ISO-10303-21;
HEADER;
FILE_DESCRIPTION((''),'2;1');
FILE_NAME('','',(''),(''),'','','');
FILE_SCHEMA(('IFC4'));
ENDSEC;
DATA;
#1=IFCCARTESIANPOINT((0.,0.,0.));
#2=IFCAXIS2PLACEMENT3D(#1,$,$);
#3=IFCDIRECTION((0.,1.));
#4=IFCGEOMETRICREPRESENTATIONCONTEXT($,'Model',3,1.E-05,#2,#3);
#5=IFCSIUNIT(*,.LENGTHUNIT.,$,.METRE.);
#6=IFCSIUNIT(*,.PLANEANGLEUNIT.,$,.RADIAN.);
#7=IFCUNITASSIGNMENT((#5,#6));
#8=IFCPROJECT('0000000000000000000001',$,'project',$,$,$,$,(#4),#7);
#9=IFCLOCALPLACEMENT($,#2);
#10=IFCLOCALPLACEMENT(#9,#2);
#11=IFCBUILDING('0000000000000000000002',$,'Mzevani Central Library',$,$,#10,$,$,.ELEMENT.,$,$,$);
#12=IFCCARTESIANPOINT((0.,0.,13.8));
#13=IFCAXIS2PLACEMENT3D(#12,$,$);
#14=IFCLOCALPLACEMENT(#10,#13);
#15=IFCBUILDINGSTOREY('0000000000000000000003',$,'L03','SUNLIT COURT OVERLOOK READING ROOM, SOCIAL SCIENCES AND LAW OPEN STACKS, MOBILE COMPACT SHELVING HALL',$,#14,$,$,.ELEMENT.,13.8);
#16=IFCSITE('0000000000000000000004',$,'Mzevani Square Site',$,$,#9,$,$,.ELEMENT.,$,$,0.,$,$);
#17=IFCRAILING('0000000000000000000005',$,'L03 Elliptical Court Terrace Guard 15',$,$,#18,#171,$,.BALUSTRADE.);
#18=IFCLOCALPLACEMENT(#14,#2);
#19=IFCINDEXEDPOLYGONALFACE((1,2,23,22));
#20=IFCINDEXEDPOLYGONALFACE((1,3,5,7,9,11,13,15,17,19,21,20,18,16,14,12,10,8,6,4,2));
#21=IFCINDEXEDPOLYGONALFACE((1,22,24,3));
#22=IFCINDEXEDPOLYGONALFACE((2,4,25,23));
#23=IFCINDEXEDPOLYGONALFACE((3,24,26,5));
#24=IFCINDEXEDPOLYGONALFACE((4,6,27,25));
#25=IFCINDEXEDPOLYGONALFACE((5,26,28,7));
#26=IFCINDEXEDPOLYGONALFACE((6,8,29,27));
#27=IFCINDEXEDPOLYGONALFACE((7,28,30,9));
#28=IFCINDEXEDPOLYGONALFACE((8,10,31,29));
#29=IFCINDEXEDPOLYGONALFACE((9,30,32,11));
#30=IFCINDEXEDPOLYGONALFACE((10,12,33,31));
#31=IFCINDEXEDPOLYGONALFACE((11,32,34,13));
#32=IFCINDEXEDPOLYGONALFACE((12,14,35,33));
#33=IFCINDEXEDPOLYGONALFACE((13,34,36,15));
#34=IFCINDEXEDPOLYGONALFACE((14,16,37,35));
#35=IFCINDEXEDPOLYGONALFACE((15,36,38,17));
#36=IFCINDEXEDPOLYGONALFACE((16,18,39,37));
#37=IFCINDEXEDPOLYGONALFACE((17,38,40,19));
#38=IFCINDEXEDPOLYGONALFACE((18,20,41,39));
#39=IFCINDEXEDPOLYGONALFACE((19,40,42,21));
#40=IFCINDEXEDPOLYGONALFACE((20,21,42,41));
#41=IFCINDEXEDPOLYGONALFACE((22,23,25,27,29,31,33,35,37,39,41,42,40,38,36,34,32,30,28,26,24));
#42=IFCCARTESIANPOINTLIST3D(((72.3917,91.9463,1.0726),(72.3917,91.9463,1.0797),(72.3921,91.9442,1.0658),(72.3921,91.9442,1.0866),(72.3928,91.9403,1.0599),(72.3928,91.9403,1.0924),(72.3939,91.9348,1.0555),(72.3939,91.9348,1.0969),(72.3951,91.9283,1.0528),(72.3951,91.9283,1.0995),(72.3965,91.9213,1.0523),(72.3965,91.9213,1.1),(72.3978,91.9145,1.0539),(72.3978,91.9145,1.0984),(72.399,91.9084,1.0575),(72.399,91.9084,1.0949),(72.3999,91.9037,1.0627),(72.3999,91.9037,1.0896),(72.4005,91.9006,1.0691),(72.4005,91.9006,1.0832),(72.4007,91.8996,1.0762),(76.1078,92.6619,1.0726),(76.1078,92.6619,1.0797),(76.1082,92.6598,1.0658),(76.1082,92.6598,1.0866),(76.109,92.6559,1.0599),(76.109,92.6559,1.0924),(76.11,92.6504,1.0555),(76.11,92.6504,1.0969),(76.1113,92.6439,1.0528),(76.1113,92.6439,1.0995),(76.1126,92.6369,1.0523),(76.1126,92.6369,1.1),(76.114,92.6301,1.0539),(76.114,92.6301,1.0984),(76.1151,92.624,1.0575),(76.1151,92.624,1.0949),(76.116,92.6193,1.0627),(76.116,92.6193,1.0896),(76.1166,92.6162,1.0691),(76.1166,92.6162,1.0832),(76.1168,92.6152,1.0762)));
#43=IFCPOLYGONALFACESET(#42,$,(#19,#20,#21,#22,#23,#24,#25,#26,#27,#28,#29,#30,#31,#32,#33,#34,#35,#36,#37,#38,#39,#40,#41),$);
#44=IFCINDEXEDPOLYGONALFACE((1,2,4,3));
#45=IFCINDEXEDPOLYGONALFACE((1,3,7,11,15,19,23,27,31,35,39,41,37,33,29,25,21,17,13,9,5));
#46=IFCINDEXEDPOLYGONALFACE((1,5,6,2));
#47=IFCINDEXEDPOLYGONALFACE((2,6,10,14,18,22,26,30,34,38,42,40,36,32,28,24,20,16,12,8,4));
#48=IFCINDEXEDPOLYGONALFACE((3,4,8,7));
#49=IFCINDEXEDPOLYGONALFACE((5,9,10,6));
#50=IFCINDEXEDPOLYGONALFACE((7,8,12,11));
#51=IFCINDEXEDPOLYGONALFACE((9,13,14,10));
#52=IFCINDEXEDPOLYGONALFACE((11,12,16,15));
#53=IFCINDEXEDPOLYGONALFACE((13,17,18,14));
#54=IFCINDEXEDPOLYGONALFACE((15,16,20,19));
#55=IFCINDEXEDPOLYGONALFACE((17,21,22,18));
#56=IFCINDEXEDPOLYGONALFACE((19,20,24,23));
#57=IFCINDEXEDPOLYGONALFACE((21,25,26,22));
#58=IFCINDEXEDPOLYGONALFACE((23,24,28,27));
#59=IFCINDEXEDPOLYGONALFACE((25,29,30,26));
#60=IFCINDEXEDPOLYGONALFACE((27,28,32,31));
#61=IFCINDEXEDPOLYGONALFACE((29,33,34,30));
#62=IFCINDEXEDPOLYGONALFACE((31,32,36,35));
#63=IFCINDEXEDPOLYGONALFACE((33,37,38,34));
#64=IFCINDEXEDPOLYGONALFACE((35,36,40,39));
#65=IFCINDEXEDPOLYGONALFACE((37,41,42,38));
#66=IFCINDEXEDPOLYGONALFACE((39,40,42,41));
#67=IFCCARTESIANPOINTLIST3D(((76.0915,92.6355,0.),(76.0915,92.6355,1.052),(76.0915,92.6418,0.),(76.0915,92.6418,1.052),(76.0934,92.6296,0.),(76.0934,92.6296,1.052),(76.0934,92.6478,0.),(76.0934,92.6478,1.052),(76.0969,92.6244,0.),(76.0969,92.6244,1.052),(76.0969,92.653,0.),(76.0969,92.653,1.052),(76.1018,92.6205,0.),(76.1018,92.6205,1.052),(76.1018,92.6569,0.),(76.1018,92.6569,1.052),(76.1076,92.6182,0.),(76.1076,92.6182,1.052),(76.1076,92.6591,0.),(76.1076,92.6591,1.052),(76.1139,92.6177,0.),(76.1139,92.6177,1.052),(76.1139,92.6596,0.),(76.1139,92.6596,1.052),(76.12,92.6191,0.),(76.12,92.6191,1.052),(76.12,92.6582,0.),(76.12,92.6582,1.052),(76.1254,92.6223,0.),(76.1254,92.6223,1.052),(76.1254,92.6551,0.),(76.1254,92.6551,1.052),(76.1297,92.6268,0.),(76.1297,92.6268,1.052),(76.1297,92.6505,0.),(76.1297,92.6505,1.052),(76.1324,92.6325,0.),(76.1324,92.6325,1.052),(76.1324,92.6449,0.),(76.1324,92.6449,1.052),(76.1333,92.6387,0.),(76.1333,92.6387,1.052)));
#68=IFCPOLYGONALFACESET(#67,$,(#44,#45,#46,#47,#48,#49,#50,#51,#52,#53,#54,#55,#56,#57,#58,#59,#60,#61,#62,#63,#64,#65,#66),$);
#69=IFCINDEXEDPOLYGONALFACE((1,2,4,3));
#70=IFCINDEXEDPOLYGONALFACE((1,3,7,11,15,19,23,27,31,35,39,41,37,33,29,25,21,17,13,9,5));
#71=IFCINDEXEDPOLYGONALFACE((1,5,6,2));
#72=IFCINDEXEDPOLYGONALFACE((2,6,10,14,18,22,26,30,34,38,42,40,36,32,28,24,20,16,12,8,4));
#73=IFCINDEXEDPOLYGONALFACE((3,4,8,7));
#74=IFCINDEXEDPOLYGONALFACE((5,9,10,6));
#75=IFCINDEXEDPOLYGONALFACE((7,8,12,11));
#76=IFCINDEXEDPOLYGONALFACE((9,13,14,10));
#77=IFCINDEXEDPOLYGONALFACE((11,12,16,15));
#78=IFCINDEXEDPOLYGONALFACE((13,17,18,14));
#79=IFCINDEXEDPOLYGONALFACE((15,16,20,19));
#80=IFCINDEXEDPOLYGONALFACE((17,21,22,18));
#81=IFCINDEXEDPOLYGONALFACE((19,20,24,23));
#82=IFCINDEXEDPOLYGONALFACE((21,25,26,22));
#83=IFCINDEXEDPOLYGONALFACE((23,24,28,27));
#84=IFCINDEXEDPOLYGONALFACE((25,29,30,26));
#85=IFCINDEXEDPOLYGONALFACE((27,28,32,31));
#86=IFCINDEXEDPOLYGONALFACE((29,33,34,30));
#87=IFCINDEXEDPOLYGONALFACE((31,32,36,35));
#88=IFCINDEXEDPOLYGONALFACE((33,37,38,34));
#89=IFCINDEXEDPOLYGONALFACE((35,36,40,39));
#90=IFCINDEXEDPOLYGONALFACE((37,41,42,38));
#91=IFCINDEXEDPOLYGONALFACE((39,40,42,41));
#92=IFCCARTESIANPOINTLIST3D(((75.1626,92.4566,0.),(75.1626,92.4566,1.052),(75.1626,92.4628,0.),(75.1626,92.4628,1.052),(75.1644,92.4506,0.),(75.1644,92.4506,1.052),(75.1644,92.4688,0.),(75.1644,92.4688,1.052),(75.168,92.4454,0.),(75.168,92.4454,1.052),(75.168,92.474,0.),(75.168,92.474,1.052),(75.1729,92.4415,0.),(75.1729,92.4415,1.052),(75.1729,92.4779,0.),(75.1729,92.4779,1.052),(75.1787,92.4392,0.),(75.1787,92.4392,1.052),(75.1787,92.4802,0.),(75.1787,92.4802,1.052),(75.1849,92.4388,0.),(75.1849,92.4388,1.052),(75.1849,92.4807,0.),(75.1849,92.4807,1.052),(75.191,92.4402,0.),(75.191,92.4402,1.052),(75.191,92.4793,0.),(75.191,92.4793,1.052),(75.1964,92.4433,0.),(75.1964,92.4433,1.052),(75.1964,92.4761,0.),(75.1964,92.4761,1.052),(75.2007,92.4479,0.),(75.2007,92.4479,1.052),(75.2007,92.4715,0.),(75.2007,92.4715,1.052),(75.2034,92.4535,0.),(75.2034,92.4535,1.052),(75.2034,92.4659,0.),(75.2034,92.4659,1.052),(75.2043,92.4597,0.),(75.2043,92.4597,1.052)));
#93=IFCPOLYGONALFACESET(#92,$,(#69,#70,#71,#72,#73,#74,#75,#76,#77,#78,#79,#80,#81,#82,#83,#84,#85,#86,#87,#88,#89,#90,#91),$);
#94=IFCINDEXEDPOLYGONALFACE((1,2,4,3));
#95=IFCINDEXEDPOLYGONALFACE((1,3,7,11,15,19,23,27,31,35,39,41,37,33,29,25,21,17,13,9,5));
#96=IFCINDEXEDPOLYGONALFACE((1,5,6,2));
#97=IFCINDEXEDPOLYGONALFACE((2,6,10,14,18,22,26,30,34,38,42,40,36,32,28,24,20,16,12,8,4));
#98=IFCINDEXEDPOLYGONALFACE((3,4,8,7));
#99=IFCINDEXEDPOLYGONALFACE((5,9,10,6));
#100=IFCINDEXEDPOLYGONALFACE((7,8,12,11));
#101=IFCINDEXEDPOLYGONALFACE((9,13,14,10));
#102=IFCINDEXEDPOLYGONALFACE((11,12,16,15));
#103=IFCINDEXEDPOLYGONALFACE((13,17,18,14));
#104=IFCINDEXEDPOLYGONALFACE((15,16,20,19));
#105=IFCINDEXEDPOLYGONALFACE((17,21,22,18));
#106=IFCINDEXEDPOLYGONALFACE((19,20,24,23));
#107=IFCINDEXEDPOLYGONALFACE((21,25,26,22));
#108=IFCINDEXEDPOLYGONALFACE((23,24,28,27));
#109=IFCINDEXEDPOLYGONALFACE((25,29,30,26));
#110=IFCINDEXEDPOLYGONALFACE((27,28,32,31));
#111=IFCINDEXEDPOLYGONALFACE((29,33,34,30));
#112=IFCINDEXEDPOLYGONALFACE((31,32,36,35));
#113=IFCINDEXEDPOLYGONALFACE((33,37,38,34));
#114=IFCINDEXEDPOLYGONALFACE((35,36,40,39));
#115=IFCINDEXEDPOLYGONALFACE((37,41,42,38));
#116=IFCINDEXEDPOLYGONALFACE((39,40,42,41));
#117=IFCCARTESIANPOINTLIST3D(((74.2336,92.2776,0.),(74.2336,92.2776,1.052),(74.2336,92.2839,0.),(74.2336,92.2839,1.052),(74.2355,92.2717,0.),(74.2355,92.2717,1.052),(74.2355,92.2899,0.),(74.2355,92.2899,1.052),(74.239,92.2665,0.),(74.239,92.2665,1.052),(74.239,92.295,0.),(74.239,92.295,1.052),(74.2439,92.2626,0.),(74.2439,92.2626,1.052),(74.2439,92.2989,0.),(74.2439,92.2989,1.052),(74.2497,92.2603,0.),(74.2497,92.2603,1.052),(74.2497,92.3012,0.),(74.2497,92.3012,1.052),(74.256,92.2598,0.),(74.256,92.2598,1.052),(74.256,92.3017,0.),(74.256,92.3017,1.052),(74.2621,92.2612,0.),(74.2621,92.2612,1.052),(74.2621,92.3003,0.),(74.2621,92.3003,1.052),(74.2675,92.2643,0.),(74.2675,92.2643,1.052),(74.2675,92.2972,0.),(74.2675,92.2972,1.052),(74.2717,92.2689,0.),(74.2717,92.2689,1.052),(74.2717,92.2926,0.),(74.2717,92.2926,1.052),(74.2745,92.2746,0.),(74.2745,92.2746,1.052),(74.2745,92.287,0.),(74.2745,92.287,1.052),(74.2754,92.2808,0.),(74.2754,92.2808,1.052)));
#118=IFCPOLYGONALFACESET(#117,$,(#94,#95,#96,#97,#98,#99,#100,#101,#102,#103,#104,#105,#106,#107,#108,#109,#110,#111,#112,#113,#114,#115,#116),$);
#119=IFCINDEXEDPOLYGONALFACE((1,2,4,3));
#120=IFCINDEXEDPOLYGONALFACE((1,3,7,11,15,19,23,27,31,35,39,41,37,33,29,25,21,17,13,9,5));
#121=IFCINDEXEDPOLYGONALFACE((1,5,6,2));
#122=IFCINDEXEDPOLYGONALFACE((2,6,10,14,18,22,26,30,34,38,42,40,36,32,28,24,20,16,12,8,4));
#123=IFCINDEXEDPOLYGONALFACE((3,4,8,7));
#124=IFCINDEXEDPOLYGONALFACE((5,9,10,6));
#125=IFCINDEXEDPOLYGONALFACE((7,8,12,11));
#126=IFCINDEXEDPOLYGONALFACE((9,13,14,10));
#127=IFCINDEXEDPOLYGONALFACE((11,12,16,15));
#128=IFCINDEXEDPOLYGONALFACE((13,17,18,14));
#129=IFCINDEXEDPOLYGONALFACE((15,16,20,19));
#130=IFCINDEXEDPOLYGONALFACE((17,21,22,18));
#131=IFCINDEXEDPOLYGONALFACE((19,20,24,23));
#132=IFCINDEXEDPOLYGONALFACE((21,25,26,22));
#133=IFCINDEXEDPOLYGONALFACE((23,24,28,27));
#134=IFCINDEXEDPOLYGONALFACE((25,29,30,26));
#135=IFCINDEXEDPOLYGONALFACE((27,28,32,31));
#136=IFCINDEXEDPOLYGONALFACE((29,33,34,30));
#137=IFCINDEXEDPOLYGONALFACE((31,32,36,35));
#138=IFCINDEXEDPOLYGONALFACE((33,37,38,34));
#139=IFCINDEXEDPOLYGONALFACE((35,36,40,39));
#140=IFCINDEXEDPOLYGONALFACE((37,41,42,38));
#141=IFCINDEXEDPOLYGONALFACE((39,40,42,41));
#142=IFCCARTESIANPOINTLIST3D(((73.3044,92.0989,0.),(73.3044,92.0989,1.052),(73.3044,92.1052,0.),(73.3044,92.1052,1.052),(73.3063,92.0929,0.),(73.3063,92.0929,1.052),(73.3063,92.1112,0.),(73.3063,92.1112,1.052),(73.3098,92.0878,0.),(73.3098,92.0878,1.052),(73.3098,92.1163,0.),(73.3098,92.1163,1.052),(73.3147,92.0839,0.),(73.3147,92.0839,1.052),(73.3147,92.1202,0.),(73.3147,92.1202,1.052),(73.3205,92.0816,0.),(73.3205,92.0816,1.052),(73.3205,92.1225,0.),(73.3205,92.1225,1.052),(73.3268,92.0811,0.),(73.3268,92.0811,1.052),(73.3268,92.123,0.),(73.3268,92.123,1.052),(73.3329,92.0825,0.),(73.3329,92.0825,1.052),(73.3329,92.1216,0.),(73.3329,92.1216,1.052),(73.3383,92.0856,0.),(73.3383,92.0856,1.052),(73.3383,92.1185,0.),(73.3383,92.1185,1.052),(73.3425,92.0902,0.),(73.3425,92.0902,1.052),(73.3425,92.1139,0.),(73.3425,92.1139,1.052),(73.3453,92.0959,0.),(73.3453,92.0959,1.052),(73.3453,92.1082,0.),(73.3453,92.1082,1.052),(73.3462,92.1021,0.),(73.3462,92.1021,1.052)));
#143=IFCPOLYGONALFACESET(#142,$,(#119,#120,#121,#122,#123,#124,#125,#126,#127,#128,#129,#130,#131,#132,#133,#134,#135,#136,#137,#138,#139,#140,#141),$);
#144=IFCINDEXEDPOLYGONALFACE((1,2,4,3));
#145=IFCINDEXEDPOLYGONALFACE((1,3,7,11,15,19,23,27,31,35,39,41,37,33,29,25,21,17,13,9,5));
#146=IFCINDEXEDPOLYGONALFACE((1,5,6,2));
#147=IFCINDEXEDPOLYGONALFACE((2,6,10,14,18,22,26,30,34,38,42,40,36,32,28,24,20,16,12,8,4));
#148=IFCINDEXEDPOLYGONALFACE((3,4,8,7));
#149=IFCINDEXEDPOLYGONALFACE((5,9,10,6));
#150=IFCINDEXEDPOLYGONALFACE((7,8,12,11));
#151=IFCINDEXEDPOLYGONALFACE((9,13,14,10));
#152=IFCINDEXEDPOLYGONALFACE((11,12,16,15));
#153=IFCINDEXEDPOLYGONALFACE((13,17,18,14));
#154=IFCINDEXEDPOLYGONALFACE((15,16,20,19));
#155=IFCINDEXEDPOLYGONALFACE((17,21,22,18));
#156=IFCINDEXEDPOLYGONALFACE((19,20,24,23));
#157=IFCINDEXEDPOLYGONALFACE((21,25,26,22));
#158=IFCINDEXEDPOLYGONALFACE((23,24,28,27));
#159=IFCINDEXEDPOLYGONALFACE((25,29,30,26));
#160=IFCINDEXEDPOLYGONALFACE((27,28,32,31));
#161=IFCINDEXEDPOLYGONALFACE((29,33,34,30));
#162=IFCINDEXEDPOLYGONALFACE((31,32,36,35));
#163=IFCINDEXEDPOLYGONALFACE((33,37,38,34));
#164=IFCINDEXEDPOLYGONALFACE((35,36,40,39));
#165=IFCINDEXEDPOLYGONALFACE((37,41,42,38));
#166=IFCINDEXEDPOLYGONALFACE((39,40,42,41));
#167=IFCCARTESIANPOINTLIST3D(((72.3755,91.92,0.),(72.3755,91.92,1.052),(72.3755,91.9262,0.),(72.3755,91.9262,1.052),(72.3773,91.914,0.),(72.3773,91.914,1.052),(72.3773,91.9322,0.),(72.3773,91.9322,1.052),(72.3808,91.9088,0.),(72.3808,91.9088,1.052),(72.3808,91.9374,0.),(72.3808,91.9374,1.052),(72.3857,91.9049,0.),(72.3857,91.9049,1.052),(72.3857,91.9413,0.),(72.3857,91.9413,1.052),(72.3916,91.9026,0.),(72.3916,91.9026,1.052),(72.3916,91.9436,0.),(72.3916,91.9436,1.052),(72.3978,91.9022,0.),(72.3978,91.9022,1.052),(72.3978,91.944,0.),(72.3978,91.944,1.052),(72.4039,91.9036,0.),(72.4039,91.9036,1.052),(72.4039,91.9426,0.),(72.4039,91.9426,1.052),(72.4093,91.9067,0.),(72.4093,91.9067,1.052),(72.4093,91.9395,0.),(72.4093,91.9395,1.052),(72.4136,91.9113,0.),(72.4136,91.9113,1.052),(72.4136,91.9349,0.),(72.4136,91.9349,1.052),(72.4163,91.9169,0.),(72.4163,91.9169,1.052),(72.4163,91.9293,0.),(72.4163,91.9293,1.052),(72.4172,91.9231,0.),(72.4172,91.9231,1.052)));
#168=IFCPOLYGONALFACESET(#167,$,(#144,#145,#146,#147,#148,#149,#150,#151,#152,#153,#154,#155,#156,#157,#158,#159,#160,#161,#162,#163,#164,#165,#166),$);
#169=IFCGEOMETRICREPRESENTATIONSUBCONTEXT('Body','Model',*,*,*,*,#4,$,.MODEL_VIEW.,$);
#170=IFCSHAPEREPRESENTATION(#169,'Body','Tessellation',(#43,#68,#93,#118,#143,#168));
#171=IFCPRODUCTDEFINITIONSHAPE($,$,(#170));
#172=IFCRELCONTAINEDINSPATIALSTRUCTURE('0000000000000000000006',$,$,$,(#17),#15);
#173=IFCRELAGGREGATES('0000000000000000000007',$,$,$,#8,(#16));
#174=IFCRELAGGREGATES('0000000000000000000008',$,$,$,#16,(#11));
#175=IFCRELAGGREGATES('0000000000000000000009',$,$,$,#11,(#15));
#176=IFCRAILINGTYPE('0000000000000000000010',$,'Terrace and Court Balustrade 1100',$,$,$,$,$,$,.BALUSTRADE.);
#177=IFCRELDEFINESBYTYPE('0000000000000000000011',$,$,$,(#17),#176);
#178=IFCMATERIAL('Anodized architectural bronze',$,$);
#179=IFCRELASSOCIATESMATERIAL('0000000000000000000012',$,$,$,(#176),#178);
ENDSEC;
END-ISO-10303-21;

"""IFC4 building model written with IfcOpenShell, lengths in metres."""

from ifc_helpers import new_model, si_unit, direction, frame, origin, origin_2d, place, context, subcontext, project, spatial, circle, extrude, material, type_object, element, save


model = new_model("IFC4")

# Units and contexts
model_context = context("Model", 3, precision=1e-05, world=origin(), true_north=direction((0.0, 1.0)))
body_context = subcontext(model_context, "Body", "Model", "MODEL_VIEW")
ifc_project = project(units=[si_unit("LENGTHUNIT", "METRE"), si_unit("PLANEANGLEUNIT", "RADIAN")], contexts=[model_context])

# Site, building, storey
site_placement = place(None, origin())
site = spatial("IfcSite", under=ifc_project, at=site_placement, Name="Mzevani Square Site", CompositionType="ELEMENT", RefElevation=0.0)
building_placement = place(site_placement, origin())
building = spatial("IfcBuilding", under=site, at=building_placement, Name="Mzevani Central Library", CompositionType="ELEMENT")
storey_placement = place(building_placement, frame((0.0, 0.0, 13.8)))
storey = spatial("IfcBuildingStorey", under=building, at=storey_placement, Name="L03", Description="SUNLIT COURT OVERLOOK READING ROOM, SOCIAL SCIENCES AND LAW OPEN STACKS, MOBILE COMPACT SHELVING HALL", CompositionType="ELEMENT", Elevation=13.8)

# Railing
ifc_material_1 = material(Name="Anodized architectural bronze")
railing_type = type_object("IfcRailingType", Name="Terrace and Court Balustrade 1100", PredefinedType="BALUSTRADE", material=ifc_material_1)
railing_1_placement = place(storey_placement, frame((76.1123, 92.6387, 0.0)))
element("IfcRailing", 1, at=railing_1_placement, inside=storey, type_object=railing_type, Name="L03 Elliptical Court Terrace Guard 15", PredefinedType="BALUSTRADE", context=body_context, shape_type="SweptSolid", body=[
    extrude(circle(Radius=0.0239, at=origin_2d()), frame((0.0, 0.0, 1.0762), z_axis=(-0.98196, -0.189089, 0.0), x_axis=(0.189089, -0.98196, 0.0)), (0.0, 0.0, 1.0), 3.7844),
    extrude(circle(Radius=0.021, at=origin_2d()), origin(), (0.0, 0.0, 1.0), 1.052),
    extrude(circle(Radius=0.021, at=origin_2d()), frame((-0.929, -0.179, 0.0)), (0.0, 0.0, 1.0), 1.052),
    extrude(circle(Radius=0.021, at=origin_2d()), frame((-1.8579, -0.3579, 0.0)), (0.0, 0.0, 1.0), 1.052),
    extrude(circle(Radius=0.021, at=origin_2d()), frame((-2.7871, -0.5366, 0.0)), (0.0, 0.0, 1.0), 1.052),
    extrude(circle(Radius=0.021, at=origin_2d()), frame((-3.7161, -0.7156, 0.0)), (0.0, 0.0, 1.0), 1.052),
])

save(model, "model.ifc")
